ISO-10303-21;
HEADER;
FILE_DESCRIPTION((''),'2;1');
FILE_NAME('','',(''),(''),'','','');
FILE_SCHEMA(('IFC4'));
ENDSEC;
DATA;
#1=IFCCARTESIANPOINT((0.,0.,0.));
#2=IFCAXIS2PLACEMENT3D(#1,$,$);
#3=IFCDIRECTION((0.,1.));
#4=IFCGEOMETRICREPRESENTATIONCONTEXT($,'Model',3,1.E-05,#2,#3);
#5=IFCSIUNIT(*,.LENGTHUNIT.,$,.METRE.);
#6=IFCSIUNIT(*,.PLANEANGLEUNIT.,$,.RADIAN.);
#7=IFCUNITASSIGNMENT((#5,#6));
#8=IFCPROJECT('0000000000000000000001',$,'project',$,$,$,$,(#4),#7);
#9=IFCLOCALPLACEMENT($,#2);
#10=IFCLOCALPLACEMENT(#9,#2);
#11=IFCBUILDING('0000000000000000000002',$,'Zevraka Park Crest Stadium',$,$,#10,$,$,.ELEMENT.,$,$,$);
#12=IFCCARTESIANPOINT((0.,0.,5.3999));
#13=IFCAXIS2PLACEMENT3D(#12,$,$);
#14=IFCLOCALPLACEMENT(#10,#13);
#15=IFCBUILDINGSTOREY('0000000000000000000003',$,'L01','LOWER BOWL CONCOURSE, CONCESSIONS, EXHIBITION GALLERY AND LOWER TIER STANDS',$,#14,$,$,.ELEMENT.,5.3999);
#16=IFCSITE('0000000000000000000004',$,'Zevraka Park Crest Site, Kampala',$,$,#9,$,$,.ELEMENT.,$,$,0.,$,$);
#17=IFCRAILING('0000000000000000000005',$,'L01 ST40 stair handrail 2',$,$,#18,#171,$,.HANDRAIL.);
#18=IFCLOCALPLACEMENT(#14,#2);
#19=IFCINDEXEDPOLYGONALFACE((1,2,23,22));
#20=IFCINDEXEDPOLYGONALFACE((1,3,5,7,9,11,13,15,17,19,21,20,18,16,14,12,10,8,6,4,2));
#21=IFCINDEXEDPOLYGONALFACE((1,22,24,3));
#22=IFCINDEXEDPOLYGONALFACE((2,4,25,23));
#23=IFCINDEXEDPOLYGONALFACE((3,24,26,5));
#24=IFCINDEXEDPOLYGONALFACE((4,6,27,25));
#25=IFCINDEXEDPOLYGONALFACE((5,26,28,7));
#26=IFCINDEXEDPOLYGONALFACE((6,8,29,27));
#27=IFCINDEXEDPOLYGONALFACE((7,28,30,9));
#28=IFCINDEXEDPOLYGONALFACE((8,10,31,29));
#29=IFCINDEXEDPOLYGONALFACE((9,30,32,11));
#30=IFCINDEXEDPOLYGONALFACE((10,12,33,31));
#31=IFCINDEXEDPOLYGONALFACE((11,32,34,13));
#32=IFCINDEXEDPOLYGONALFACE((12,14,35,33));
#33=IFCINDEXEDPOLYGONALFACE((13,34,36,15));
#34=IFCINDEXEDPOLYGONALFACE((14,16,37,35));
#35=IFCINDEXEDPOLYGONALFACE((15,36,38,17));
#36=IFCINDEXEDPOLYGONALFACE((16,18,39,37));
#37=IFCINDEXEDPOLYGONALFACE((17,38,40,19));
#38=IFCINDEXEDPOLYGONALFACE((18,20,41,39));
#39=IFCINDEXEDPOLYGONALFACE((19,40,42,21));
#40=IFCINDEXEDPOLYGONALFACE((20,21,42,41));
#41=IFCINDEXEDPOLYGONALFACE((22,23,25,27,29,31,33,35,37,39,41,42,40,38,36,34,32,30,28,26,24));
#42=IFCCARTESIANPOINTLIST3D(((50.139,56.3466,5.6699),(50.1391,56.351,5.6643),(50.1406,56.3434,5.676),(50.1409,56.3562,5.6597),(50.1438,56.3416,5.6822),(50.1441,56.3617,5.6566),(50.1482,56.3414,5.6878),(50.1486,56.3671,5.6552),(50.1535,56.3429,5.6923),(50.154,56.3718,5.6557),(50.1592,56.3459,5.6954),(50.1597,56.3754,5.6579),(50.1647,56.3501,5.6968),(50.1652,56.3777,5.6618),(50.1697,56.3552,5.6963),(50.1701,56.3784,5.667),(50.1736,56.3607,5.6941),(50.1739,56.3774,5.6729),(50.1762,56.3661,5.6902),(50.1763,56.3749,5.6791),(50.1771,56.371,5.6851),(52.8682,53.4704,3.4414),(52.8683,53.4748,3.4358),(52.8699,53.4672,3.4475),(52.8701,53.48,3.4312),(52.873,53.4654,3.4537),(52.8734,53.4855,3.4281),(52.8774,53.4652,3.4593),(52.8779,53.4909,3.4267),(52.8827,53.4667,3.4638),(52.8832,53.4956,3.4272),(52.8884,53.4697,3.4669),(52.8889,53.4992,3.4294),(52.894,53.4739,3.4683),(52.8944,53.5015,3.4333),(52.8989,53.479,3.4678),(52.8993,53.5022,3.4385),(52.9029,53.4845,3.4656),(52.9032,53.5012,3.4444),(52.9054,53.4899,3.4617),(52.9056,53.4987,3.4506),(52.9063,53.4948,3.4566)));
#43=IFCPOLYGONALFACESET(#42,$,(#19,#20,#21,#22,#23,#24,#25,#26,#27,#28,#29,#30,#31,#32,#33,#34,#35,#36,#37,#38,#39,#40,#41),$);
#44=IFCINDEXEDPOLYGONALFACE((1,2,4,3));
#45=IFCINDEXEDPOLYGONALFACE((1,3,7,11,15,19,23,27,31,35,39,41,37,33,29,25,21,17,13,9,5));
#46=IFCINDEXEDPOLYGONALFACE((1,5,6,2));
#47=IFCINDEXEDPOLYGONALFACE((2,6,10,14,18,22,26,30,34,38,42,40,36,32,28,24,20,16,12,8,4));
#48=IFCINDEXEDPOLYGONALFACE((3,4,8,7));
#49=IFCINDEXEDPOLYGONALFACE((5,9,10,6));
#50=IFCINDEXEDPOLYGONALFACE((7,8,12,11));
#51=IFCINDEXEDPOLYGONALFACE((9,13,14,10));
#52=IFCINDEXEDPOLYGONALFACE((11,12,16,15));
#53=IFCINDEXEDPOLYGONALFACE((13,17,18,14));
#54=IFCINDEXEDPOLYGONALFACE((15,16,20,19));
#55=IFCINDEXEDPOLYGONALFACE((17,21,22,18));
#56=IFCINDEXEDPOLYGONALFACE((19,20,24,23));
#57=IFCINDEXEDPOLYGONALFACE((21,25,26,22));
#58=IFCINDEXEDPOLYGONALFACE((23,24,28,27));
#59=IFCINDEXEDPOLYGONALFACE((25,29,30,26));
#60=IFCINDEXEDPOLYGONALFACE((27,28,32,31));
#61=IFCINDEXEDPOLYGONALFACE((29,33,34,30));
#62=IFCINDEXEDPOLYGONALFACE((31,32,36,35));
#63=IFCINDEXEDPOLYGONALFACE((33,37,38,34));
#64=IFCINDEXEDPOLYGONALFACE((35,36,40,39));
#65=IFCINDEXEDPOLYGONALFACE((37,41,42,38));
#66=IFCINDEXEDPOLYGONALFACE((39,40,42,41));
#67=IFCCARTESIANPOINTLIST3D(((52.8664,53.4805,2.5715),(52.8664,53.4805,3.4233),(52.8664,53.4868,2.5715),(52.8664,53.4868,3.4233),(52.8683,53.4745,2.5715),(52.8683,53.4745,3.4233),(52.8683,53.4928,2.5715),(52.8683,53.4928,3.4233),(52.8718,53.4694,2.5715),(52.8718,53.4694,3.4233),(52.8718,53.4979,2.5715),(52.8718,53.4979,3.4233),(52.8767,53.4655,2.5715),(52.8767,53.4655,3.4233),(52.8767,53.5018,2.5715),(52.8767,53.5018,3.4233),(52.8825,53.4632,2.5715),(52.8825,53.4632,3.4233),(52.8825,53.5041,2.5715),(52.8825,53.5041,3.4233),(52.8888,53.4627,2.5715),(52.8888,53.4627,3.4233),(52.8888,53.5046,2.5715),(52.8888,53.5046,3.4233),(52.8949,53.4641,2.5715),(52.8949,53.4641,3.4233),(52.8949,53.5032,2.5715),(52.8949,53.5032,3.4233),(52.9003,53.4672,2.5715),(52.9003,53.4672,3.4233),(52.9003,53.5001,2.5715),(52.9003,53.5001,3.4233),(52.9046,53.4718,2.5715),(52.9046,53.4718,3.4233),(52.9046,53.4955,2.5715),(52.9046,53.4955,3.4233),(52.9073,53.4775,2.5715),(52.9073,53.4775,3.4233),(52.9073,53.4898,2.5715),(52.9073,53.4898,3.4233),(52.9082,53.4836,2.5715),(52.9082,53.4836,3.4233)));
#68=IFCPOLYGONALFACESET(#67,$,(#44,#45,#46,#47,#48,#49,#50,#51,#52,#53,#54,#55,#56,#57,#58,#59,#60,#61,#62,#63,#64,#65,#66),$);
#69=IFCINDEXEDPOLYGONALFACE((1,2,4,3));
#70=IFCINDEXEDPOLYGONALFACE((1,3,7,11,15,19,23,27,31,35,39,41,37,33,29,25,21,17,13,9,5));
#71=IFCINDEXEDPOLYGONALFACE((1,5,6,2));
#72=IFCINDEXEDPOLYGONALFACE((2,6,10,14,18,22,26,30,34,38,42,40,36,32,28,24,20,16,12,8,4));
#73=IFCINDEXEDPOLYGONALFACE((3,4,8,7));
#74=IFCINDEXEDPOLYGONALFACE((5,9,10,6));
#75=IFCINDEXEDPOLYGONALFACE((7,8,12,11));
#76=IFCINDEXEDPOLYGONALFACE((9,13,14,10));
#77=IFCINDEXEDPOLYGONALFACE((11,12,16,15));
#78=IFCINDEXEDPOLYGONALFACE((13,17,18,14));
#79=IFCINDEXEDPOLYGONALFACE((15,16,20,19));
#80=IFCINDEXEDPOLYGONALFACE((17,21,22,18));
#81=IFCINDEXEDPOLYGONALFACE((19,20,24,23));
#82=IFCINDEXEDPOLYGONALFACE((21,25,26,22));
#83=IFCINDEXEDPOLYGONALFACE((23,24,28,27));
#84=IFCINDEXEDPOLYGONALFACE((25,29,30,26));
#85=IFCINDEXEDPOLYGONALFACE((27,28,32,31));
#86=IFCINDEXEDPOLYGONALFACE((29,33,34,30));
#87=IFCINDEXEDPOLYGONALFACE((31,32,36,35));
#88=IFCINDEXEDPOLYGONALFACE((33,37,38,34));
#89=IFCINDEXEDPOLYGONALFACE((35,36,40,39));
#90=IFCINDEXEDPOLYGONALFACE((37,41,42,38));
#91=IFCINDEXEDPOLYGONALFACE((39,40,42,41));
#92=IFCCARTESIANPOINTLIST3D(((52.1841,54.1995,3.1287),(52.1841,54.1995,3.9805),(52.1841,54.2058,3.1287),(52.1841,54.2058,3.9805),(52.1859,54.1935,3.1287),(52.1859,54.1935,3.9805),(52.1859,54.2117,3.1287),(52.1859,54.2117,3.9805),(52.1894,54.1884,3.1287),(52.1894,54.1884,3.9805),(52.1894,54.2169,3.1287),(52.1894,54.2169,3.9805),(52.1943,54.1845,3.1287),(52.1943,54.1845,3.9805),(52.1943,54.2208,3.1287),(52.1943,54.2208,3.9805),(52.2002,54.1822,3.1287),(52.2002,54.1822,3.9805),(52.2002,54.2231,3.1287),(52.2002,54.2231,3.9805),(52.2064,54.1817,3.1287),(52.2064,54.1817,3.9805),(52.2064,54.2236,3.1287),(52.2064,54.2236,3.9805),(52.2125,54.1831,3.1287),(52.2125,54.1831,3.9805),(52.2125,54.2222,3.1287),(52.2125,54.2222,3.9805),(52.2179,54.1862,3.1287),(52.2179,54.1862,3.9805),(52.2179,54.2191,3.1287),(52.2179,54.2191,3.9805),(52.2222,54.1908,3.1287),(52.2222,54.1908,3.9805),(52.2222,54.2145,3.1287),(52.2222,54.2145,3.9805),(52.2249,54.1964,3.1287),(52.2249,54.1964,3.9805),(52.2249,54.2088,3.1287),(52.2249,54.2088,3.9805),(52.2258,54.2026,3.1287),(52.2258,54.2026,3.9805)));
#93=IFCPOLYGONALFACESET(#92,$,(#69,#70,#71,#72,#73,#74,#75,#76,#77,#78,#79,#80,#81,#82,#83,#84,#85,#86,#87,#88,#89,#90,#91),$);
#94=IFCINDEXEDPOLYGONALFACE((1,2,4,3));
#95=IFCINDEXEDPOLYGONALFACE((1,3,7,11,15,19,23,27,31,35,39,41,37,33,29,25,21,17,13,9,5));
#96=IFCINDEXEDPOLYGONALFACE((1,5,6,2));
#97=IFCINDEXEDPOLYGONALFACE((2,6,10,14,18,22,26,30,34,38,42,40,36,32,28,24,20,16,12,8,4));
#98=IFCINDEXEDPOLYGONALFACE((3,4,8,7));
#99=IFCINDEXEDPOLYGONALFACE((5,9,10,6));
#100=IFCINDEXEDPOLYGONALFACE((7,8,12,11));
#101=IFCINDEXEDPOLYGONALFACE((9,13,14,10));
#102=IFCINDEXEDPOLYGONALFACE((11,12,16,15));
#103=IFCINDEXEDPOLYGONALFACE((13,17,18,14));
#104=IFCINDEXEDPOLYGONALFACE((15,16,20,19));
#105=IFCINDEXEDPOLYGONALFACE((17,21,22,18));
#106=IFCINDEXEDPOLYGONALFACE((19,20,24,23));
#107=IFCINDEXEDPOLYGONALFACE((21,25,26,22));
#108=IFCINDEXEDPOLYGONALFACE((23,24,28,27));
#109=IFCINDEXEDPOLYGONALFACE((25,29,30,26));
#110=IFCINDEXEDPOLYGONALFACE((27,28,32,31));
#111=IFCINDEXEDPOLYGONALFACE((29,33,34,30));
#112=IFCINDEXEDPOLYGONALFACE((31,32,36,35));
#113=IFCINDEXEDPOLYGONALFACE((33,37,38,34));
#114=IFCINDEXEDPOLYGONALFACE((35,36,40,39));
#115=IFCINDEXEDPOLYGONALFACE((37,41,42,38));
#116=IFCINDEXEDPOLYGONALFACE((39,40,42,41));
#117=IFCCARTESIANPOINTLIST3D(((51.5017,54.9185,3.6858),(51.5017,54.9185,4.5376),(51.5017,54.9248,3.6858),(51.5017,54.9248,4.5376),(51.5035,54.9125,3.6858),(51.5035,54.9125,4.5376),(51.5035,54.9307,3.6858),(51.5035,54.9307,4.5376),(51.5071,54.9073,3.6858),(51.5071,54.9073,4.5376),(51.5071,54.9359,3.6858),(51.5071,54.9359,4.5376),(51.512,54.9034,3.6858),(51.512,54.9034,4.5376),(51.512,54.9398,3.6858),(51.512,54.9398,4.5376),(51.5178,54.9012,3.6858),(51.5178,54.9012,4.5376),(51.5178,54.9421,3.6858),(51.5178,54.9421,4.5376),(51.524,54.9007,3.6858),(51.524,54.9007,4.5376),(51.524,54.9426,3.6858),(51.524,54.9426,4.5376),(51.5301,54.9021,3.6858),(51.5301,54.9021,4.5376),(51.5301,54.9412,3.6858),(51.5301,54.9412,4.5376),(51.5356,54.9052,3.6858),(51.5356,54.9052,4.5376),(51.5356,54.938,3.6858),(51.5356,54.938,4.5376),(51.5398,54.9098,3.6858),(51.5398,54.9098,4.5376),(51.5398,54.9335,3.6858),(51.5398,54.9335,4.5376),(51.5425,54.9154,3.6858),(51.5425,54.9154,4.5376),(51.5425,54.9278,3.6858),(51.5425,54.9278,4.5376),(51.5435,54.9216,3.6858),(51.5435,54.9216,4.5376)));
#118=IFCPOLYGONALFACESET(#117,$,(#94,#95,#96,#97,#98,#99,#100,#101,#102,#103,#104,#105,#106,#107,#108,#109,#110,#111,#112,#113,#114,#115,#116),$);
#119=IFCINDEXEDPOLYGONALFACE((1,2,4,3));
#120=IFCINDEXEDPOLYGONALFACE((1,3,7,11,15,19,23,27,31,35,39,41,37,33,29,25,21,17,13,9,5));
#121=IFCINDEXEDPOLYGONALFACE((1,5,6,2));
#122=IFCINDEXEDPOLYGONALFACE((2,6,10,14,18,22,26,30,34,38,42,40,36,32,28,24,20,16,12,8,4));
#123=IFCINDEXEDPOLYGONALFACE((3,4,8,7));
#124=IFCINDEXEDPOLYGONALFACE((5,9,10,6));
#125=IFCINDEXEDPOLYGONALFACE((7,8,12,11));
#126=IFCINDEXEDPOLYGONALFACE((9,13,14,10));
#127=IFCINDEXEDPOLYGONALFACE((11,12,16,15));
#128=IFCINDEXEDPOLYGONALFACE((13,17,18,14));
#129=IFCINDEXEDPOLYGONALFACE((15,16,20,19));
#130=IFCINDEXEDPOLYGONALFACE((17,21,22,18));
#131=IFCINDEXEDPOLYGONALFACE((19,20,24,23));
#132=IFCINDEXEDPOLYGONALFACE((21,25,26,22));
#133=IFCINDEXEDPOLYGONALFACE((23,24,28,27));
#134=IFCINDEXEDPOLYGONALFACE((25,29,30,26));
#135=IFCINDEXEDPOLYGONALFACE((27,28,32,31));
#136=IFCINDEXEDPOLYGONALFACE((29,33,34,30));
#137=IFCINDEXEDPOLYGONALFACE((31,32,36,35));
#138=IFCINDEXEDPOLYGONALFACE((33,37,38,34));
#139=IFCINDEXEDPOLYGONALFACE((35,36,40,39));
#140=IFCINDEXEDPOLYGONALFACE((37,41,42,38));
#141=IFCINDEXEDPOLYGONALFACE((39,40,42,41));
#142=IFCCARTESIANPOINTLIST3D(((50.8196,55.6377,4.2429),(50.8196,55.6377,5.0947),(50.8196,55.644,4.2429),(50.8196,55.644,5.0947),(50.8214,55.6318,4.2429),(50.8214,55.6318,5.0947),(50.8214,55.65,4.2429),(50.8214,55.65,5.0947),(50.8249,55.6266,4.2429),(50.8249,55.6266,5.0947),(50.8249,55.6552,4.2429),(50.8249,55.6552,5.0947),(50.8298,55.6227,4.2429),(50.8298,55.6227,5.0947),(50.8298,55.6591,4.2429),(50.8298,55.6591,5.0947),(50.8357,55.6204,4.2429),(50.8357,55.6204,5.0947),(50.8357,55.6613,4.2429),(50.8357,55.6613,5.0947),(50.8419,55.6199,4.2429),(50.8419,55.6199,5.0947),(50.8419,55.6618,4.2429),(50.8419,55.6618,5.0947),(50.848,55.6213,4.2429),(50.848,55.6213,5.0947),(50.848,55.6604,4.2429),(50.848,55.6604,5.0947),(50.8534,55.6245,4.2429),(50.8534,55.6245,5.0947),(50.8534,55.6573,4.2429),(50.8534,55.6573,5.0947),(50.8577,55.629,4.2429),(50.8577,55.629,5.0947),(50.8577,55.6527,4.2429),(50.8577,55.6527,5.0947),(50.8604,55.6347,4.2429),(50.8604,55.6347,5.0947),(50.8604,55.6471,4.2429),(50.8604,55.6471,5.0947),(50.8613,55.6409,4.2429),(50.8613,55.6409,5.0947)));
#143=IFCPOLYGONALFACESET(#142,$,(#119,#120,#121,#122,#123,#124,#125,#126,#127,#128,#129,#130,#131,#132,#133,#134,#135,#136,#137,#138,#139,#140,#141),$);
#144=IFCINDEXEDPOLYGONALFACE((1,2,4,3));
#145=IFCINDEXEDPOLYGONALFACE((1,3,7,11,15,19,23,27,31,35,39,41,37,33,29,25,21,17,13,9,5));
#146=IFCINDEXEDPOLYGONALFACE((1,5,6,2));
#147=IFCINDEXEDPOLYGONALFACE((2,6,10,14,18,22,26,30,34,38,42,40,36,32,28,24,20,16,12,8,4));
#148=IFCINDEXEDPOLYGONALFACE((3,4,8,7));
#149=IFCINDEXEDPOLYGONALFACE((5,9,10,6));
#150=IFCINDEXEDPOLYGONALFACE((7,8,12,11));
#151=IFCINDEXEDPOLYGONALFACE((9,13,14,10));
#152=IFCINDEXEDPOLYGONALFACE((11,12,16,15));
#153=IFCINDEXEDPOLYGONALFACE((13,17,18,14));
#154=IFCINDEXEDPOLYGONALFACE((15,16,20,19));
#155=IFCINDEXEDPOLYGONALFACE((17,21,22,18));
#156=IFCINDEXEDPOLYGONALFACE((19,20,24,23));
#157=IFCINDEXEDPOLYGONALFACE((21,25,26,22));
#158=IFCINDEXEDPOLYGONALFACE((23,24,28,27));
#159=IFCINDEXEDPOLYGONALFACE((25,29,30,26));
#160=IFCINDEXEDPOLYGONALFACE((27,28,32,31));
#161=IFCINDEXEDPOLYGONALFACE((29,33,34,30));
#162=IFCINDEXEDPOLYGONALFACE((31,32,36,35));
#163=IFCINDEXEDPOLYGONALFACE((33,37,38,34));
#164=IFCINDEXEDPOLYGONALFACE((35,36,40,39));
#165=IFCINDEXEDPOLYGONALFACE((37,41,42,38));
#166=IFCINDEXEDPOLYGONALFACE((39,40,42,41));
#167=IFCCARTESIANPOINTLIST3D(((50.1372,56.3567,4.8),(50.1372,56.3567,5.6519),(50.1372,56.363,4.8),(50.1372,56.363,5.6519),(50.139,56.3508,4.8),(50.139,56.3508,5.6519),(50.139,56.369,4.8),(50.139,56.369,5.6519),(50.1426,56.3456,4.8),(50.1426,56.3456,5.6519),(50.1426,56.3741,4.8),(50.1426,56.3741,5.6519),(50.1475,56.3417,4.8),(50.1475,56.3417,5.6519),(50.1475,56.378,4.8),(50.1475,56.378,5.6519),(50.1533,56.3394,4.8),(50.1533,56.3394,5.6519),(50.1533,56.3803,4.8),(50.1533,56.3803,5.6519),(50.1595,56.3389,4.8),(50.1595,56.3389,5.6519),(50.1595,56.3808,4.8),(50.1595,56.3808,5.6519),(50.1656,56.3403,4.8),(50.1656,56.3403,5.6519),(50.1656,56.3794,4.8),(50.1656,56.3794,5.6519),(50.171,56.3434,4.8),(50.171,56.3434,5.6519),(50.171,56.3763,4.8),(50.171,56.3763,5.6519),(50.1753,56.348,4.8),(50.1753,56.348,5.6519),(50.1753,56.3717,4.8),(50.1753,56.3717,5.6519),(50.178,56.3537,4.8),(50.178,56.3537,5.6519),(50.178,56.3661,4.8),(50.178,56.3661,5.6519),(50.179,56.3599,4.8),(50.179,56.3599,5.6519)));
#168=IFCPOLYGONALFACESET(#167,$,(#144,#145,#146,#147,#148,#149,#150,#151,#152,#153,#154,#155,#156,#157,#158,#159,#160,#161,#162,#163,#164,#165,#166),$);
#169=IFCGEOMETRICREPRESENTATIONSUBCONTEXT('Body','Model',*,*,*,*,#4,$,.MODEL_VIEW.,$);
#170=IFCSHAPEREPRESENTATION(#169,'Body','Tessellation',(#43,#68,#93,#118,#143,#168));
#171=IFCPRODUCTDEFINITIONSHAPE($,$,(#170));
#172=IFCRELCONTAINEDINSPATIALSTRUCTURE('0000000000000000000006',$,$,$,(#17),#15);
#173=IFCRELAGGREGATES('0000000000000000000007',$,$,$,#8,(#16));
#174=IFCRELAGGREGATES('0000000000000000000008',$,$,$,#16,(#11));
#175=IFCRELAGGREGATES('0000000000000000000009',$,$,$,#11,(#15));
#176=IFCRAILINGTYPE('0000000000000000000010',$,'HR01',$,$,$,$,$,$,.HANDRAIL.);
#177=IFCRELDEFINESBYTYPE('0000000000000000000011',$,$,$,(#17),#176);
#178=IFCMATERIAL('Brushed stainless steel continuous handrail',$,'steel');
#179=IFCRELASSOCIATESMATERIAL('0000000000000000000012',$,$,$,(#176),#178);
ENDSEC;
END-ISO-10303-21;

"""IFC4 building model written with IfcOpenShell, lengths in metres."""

from ifc_helpers import new_model, si_unit, direction, frame, origin, origin_2d, place, context, subcontext, project, spatial, circle, extrude, material, type_object, element, save


model = new_model("IFC4")

# Units and contexts
model_context = context("Model", 3, precision=1e-05, world=origin(), true_north=direction((0.0, 1.0)))
body_context = subcontext(model_context, "Body", "Model", "MODEL_VIEW")
ifc_project = project(units=[si_unit("LENGTHUNIT", "METRE"), si_unit("PLANEANGLEUNIT", "RADIAN")], contexts=[model_context])

# Site, building, storey
site_placement = place(None, origin())
site = spatial("IfcSite", under=ifc_project, at=site_placement, Name="Zevraka Park Crest Site, Kampala", CompositionType="ELEMENT", RefElevation=0.0)
building_placement = place(site_placement, origin())
building = spatial("IfcBuilding", under=site, at=building_placement, Name="Zevraka Park Crest Stadium", CompositionType="ELEMENT")
storey_placement = place(building_placement, frame((0.0, 0.0, 5.3999)))
storey = spatial("IfcBuildingStorey", under=building, at=storey_placement, Name="L01", Description="LOWER BOWL CONCOURSE, CONCESSIONS, EXHIBITION GALLERY AND LOWER TIER STANDS", CompositionType="ELEMENT", Elevation=5.3999)

# Railing
ifc_material_1 = material(Name="Brushed stainless steel continuous handrail", Category="steel")
railing_type_1 = type_object("IfcRailingType", Name="HR01", PredefinedType="HANDRAIL", material=ifc_material_1)
railing_1_placement = place(storey_placement, frame((52.8872, 53.4836, 2.5715)))
element("IfcRailing", 1, at=railing_1_placement, inside=storey, type_object=railing_type_1, Name="L01 ST40 stair handrail 2", PredefinedType="HANDRAIL", context=body_context, shape_type="SweptSolid", body=[
    extrude(circle(Radius=0.0239, at=origin_2d()), frame((0.0, 0.0, 0.876), z_axis=(-0.600049, 0.632362, 0.489959), x_axis=(-0.725397, -0.68833, 0.0)), (0.0, 0.0, 1.0), 4.5483),
    extrude(circle(Radius=0.021, at=origin_2d()), origin(), (0.0, 0.0, 1.0), 0.8518),
    extrude(circle(Radius=0.021, at=origin_2d()), frame((-0.6824, 0.719, 0.5571)), (0.0, 0.0, 1.0), 0.8518),
    extrude(circle(Radius=0.021, at=origin_2d()), frame((-1.3647, 1.438, 1.1143)), (0.0, 0.0, 1.0), 0.8518),
    extrude(circle(Radius=0.021, at=origin_2d()), frame((-2.0469, 2.1572, 1.6714)), (0.0, 0.0, 1.0), 0.8518),
    extrude(circle(Radius=0.021, at=origin_2d()), frame((-2.7292, 2.8762, 2.2285)), (0.0, 0.0, 1.0), 0.8518),
])

save(model, "model.ifc")
